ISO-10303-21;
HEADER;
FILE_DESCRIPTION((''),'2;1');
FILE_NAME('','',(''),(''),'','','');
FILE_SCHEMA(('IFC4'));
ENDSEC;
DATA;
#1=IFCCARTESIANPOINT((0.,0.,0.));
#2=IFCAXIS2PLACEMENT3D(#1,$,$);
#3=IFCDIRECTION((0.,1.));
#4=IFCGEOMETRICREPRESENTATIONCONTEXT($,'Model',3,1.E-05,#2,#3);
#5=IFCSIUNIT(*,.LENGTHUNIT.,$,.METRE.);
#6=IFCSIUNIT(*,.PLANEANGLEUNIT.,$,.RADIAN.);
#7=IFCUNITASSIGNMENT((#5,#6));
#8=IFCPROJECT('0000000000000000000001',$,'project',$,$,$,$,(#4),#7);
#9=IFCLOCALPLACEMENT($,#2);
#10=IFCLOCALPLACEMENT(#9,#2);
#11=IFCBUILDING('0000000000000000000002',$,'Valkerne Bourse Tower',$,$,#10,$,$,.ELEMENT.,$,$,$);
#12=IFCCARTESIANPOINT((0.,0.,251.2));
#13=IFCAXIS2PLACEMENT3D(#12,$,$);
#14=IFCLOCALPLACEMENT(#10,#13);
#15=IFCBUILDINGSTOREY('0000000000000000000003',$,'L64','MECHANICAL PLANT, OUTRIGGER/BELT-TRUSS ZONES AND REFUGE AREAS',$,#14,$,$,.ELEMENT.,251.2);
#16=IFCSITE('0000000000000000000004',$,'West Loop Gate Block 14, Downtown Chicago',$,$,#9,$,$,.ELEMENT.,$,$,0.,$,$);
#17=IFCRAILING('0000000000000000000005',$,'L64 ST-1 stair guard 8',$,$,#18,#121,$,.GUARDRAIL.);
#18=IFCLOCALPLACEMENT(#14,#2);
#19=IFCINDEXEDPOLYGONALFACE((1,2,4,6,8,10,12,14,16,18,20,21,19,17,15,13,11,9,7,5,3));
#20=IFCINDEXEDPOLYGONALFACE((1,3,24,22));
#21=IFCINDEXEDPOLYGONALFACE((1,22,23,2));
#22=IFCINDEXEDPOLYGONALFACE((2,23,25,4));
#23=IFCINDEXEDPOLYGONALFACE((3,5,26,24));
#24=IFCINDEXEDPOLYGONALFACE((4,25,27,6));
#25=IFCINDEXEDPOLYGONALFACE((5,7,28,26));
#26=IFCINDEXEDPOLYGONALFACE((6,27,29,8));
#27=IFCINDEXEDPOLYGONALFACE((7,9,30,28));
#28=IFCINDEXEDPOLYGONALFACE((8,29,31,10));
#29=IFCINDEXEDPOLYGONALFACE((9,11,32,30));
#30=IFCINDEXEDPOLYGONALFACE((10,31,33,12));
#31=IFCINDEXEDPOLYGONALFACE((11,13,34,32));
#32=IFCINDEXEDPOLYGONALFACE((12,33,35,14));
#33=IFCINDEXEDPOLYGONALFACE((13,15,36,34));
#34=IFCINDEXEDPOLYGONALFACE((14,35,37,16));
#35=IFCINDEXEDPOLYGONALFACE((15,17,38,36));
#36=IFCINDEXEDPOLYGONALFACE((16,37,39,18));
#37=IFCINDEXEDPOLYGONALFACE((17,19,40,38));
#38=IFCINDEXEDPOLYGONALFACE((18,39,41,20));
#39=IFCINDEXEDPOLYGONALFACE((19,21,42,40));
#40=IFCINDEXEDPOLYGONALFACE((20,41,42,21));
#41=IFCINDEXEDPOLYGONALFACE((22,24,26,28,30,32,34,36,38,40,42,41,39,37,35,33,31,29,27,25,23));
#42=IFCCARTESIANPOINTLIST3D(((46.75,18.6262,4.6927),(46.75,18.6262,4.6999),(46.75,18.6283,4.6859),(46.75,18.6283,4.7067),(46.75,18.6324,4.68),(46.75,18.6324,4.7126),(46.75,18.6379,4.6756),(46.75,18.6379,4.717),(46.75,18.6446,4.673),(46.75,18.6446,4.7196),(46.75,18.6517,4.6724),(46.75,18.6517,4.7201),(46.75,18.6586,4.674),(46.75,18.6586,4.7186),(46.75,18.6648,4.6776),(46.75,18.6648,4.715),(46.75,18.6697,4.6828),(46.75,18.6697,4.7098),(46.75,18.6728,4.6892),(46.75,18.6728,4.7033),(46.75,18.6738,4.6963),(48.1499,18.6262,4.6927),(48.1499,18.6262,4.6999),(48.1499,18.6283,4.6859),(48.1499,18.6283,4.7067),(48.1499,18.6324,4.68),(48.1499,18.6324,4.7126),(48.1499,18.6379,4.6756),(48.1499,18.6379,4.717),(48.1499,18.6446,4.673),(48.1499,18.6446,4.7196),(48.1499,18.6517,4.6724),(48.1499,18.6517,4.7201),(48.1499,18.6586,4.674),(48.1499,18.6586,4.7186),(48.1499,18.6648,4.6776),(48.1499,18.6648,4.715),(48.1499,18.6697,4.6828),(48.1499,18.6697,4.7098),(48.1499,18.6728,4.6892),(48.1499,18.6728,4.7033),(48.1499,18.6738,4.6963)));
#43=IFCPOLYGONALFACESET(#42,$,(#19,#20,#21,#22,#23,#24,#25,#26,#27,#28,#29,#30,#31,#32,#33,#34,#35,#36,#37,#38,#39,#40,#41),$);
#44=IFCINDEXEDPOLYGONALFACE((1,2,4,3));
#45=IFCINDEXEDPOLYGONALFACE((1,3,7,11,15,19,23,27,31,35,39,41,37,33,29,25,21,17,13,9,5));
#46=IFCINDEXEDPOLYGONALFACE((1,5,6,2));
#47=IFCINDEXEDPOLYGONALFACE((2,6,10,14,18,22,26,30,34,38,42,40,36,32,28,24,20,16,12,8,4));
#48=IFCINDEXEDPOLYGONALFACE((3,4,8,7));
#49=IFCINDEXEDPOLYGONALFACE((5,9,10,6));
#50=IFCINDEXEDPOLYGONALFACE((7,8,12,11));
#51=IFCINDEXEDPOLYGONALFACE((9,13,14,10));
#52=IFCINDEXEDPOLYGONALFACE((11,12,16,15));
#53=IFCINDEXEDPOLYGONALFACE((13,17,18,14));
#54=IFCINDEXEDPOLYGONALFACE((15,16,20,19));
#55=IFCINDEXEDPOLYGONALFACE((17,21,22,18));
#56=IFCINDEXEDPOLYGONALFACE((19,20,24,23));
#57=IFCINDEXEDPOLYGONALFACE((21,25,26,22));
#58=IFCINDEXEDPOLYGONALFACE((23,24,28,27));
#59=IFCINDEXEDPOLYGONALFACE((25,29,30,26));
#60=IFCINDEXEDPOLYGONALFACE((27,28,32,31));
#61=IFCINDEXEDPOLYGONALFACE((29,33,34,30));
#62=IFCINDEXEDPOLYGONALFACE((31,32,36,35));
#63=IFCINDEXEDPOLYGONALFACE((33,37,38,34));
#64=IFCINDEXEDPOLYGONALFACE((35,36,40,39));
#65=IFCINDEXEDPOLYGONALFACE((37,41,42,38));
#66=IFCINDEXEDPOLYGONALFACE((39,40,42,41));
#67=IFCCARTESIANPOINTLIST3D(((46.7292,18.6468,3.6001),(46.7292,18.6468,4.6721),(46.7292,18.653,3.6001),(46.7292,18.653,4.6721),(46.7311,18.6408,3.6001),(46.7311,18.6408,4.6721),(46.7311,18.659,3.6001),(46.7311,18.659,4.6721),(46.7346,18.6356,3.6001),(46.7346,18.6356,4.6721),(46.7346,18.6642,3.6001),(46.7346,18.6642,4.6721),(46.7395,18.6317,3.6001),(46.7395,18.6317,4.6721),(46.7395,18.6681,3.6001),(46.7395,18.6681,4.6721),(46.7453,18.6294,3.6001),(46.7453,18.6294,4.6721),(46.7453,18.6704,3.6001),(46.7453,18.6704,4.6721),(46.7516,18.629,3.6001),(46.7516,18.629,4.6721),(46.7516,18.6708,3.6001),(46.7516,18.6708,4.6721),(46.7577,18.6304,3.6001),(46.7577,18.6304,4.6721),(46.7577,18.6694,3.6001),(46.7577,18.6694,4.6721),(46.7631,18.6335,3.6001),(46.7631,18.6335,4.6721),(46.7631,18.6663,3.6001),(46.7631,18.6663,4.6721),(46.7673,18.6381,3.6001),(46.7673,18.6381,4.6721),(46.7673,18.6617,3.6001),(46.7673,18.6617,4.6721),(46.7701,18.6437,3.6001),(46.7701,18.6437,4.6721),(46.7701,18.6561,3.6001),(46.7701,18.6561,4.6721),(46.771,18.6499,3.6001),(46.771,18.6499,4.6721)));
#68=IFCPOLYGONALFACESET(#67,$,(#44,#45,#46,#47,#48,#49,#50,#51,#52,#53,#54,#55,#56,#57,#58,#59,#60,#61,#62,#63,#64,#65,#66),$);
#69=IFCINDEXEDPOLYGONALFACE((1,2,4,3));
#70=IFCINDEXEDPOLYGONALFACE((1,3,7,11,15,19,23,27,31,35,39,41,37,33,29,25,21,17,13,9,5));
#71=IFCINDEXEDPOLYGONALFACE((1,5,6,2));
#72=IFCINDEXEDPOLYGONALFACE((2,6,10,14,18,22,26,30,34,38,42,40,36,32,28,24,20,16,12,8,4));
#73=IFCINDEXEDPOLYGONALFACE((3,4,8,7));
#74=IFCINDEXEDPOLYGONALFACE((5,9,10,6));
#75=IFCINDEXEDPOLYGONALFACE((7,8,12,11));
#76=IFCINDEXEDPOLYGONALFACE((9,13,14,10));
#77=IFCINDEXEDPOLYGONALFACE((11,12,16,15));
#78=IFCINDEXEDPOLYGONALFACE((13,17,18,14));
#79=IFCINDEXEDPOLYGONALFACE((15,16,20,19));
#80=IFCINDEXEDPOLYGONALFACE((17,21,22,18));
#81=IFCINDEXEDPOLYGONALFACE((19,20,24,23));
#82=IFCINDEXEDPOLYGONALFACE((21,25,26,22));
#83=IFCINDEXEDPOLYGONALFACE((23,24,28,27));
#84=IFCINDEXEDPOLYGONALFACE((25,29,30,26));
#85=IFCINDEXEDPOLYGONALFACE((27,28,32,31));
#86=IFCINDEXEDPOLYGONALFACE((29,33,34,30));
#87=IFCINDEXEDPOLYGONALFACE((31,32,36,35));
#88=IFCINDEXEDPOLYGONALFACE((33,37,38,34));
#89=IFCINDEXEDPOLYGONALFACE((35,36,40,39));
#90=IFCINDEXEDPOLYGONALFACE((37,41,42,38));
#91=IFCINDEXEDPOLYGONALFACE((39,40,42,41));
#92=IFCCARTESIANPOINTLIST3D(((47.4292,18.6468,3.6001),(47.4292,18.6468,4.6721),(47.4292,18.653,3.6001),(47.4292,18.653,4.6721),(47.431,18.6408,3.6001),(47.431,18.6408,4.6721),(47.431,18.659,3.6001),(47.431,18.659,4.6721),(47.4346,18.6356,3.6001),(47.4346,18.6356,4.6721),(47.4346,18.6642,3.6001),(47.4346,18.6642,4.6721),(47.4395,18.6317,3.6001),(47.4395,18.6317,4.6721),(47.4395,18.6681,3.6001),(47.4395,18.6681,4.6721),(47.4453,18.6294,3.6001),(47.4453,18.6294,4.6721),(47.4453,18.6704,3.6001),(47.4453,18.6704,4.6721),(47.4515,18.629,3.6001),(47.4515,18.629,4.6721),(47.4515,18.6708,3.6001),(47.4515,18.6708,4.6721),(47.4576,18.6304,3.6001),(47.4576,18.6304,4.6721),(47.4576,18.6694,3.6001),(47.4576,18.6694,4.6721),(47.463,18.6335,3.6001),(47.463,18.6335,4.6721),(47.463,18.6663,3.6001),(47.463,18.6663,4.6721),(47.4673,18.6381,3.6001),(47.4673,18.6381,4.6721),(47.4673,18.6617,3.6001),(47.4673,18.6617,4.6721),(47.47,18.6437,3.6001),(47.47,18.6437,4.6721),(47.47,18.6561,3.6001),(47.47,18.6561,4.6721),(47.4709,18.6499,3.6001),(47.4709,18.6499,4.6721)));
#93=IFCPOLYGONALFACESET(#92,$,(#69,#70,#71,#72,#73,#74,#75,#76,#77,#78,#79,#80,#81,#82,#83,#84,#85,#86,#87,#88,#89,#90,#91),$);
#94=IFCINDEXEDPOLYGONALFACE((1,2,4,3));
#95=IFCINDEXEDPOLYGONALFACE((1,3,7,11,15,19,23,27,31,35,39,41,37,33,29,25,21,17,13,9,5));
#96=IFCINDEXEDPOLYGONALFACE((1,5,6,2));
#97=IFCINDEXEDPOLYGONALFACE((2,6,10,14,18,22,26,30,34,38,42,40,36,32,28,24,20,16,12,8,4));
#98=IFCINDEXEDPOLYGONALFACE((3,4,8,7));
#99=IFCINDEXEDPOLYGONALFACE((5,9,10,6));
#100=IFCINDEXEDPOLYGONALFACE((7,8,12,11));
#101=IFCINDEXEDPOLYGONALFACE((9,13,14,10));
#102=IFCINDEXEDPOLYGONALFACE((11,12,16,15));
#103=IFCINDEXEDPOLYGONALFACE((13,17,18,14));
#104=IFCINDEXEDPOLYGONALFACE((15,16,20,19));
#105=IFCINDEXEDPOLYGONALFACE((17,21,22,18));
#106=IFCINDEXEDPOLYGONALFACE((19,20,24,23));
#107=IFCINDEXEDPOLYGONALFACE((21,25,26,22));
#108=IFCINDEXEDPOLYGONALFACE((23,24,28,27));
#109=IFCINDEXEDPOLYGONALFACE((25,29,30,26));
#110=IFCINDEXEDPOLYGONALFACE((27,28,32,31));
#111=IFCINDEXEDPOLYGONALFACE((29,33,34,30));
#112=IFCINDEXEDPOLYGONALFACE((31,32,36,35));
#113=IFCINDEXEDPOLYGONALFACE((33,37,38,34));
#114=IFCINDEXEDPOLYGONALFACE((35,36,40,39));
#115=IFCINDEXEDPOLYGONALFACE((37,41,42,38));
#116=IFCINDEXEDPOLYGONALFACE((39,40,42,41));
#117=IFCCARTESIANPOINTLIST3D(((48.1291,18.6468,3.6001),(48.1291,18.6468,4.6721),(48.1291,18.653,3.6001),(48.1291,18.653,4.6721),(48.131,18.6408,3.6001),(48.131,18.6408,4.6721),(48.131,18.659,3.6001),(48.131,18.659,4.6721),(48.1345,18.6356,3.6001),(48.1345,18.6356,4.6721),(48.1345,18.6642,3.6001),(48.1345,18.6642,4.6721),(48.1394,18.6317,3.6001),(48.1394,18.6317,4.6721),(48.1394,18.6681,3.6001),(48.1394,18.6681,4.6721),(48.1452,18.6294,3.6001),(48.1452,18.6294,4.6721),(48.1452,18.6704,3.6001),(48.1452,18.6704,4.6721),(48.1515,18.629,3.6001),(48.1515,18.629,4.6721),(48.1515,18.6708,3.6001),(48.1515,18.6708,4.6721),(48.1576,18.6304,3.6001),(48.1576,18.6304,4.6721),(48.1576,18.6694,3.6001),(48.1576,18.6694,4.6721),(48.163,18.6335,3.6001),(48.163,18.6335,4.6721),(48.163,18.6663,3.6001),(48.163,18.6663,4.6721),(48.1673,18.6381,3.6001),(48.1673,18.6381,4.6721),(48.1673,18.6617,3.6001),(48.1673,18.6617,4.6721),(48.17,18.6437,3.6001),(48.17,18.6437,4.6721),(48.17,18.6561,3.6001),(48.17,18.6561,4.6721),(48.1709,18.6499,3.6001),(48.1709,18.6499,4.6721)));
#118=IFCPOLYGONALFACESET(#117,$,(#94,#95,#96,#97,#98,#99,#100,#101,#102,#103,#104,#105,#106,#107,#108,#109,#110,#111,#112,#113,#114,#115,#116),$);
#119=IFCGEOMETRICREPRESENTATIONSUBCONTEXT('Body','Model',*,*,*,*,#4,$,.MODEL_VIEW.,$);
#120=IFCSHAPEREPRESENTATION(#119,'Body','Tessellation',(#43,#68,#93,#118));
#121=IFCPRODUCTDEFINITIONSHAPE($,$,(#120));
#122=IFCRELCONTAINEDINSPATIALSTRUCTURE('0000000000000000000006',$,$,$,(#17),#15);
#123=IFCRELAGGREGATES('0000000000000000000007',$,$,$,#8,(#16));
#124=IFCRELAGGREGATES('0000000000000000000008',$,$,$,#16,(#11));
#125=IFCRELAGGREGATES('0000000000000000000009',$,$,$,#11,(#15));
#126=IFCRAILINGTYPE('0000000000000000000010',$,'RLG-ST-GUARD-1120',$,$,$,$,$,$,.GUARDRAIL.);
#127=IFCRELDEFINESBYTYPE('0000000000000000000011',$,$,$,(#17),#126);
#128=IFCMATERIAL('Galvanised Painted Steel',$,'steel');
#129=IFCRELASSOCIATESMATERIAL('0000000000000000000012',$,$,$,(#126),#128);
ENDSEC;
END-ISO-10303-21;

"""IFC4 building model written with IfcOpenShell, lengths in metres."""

from ifc_helpers import new_model, si_unit, direction, frame, origin, origin_2d, place, context, subcontext, project, spatial, circle, extrude, material, type_object, element, save


model = new_model("IFC4")

# Units and contexts
model_context = context("Model", 3, precision=1e-05, world=origin(), true_north=direction((0.0, 1.0)))
body_context = subcontext(model_context, "Body", "Model", "MODEL_VIEW")
ifc_project = project(units=[si_unit("LENGTHUNIT", "METRE"), si_unit("PLANEANGLEUNIT", "RADIAN")], contexts=[model_context])

# Site, building, storey
site_placement = place(None, origin())
site = spatial("IfcSite", under=ifc_project, at=site_placement, Name="West Loop Gate Block 14, Downtown Chicago", CompositionType="ELEMENT", RefElevation=0.0)
building_placement = place(site_placement, origin())
building = spatial("IfcBuilding", under=site, at=building_placement, Name="Valkerne Bourse Tower", CompositionType="ELEMENT")
storey_placement = place(building_placement, frame((0.0, 0.0, 251.2)))
storey = spatial("IfcBuildingStorey", under=building, at=storey_placement, Name="L64", Description="MECHANICAL PLANT, OUTRIGGER/BELT-TRUSS ZONES AND REFUGE AREAS", CompositionType="ELEMENT", Elevation=251.2)

# Railing
ifc_material_1 = material(Name="Galvanised Painted Steel", Category="steel")
railing_type_1 = type_object("IfcRailingType", Name="RLG-ST-GUARD-1120", PredefinedType="GUARDRAIL", material=ifc_material_1)
railing_1_placement = place(storey_placement, frame((46.75, 18.6499, 3.6001)))
element("IfcRailing", 1, at=railing_1_placement, inside=storey, type_object=railing_type_1, Name="L64 ST-1 stair guard 8", PredefinedType="GUARDRAIL", context=body_context, shape_type="SweptSolid", body=[
    extrude(circle(Radius=0.0239, at=origin_2d()), frame((0.0, 0.0, 1.0962), z_axis=(1.0, 0.0, 0.0), x_axis=(0.0, 1.0, 0.0)), (0.0, 0.0, 1.0), 1.3999),
    extrude(circle(Radius=0.021, at=origin_2d()), origin(), (0.0, 0.0, 1.0), 1.072),
    extrude(circle(Radius=0.021, at=origin_2d()), frame((0.7, 0.0, 0.0)), (0.0, 0.0, 1.0), 1.072),
    extrude(circle(Radius=0.021, at=origin_2d()), frame((1.3999, 0.0, 0.0)), (0.0, 0.0, 1.0), 1.072),
])

save(model, "model.ifc")
